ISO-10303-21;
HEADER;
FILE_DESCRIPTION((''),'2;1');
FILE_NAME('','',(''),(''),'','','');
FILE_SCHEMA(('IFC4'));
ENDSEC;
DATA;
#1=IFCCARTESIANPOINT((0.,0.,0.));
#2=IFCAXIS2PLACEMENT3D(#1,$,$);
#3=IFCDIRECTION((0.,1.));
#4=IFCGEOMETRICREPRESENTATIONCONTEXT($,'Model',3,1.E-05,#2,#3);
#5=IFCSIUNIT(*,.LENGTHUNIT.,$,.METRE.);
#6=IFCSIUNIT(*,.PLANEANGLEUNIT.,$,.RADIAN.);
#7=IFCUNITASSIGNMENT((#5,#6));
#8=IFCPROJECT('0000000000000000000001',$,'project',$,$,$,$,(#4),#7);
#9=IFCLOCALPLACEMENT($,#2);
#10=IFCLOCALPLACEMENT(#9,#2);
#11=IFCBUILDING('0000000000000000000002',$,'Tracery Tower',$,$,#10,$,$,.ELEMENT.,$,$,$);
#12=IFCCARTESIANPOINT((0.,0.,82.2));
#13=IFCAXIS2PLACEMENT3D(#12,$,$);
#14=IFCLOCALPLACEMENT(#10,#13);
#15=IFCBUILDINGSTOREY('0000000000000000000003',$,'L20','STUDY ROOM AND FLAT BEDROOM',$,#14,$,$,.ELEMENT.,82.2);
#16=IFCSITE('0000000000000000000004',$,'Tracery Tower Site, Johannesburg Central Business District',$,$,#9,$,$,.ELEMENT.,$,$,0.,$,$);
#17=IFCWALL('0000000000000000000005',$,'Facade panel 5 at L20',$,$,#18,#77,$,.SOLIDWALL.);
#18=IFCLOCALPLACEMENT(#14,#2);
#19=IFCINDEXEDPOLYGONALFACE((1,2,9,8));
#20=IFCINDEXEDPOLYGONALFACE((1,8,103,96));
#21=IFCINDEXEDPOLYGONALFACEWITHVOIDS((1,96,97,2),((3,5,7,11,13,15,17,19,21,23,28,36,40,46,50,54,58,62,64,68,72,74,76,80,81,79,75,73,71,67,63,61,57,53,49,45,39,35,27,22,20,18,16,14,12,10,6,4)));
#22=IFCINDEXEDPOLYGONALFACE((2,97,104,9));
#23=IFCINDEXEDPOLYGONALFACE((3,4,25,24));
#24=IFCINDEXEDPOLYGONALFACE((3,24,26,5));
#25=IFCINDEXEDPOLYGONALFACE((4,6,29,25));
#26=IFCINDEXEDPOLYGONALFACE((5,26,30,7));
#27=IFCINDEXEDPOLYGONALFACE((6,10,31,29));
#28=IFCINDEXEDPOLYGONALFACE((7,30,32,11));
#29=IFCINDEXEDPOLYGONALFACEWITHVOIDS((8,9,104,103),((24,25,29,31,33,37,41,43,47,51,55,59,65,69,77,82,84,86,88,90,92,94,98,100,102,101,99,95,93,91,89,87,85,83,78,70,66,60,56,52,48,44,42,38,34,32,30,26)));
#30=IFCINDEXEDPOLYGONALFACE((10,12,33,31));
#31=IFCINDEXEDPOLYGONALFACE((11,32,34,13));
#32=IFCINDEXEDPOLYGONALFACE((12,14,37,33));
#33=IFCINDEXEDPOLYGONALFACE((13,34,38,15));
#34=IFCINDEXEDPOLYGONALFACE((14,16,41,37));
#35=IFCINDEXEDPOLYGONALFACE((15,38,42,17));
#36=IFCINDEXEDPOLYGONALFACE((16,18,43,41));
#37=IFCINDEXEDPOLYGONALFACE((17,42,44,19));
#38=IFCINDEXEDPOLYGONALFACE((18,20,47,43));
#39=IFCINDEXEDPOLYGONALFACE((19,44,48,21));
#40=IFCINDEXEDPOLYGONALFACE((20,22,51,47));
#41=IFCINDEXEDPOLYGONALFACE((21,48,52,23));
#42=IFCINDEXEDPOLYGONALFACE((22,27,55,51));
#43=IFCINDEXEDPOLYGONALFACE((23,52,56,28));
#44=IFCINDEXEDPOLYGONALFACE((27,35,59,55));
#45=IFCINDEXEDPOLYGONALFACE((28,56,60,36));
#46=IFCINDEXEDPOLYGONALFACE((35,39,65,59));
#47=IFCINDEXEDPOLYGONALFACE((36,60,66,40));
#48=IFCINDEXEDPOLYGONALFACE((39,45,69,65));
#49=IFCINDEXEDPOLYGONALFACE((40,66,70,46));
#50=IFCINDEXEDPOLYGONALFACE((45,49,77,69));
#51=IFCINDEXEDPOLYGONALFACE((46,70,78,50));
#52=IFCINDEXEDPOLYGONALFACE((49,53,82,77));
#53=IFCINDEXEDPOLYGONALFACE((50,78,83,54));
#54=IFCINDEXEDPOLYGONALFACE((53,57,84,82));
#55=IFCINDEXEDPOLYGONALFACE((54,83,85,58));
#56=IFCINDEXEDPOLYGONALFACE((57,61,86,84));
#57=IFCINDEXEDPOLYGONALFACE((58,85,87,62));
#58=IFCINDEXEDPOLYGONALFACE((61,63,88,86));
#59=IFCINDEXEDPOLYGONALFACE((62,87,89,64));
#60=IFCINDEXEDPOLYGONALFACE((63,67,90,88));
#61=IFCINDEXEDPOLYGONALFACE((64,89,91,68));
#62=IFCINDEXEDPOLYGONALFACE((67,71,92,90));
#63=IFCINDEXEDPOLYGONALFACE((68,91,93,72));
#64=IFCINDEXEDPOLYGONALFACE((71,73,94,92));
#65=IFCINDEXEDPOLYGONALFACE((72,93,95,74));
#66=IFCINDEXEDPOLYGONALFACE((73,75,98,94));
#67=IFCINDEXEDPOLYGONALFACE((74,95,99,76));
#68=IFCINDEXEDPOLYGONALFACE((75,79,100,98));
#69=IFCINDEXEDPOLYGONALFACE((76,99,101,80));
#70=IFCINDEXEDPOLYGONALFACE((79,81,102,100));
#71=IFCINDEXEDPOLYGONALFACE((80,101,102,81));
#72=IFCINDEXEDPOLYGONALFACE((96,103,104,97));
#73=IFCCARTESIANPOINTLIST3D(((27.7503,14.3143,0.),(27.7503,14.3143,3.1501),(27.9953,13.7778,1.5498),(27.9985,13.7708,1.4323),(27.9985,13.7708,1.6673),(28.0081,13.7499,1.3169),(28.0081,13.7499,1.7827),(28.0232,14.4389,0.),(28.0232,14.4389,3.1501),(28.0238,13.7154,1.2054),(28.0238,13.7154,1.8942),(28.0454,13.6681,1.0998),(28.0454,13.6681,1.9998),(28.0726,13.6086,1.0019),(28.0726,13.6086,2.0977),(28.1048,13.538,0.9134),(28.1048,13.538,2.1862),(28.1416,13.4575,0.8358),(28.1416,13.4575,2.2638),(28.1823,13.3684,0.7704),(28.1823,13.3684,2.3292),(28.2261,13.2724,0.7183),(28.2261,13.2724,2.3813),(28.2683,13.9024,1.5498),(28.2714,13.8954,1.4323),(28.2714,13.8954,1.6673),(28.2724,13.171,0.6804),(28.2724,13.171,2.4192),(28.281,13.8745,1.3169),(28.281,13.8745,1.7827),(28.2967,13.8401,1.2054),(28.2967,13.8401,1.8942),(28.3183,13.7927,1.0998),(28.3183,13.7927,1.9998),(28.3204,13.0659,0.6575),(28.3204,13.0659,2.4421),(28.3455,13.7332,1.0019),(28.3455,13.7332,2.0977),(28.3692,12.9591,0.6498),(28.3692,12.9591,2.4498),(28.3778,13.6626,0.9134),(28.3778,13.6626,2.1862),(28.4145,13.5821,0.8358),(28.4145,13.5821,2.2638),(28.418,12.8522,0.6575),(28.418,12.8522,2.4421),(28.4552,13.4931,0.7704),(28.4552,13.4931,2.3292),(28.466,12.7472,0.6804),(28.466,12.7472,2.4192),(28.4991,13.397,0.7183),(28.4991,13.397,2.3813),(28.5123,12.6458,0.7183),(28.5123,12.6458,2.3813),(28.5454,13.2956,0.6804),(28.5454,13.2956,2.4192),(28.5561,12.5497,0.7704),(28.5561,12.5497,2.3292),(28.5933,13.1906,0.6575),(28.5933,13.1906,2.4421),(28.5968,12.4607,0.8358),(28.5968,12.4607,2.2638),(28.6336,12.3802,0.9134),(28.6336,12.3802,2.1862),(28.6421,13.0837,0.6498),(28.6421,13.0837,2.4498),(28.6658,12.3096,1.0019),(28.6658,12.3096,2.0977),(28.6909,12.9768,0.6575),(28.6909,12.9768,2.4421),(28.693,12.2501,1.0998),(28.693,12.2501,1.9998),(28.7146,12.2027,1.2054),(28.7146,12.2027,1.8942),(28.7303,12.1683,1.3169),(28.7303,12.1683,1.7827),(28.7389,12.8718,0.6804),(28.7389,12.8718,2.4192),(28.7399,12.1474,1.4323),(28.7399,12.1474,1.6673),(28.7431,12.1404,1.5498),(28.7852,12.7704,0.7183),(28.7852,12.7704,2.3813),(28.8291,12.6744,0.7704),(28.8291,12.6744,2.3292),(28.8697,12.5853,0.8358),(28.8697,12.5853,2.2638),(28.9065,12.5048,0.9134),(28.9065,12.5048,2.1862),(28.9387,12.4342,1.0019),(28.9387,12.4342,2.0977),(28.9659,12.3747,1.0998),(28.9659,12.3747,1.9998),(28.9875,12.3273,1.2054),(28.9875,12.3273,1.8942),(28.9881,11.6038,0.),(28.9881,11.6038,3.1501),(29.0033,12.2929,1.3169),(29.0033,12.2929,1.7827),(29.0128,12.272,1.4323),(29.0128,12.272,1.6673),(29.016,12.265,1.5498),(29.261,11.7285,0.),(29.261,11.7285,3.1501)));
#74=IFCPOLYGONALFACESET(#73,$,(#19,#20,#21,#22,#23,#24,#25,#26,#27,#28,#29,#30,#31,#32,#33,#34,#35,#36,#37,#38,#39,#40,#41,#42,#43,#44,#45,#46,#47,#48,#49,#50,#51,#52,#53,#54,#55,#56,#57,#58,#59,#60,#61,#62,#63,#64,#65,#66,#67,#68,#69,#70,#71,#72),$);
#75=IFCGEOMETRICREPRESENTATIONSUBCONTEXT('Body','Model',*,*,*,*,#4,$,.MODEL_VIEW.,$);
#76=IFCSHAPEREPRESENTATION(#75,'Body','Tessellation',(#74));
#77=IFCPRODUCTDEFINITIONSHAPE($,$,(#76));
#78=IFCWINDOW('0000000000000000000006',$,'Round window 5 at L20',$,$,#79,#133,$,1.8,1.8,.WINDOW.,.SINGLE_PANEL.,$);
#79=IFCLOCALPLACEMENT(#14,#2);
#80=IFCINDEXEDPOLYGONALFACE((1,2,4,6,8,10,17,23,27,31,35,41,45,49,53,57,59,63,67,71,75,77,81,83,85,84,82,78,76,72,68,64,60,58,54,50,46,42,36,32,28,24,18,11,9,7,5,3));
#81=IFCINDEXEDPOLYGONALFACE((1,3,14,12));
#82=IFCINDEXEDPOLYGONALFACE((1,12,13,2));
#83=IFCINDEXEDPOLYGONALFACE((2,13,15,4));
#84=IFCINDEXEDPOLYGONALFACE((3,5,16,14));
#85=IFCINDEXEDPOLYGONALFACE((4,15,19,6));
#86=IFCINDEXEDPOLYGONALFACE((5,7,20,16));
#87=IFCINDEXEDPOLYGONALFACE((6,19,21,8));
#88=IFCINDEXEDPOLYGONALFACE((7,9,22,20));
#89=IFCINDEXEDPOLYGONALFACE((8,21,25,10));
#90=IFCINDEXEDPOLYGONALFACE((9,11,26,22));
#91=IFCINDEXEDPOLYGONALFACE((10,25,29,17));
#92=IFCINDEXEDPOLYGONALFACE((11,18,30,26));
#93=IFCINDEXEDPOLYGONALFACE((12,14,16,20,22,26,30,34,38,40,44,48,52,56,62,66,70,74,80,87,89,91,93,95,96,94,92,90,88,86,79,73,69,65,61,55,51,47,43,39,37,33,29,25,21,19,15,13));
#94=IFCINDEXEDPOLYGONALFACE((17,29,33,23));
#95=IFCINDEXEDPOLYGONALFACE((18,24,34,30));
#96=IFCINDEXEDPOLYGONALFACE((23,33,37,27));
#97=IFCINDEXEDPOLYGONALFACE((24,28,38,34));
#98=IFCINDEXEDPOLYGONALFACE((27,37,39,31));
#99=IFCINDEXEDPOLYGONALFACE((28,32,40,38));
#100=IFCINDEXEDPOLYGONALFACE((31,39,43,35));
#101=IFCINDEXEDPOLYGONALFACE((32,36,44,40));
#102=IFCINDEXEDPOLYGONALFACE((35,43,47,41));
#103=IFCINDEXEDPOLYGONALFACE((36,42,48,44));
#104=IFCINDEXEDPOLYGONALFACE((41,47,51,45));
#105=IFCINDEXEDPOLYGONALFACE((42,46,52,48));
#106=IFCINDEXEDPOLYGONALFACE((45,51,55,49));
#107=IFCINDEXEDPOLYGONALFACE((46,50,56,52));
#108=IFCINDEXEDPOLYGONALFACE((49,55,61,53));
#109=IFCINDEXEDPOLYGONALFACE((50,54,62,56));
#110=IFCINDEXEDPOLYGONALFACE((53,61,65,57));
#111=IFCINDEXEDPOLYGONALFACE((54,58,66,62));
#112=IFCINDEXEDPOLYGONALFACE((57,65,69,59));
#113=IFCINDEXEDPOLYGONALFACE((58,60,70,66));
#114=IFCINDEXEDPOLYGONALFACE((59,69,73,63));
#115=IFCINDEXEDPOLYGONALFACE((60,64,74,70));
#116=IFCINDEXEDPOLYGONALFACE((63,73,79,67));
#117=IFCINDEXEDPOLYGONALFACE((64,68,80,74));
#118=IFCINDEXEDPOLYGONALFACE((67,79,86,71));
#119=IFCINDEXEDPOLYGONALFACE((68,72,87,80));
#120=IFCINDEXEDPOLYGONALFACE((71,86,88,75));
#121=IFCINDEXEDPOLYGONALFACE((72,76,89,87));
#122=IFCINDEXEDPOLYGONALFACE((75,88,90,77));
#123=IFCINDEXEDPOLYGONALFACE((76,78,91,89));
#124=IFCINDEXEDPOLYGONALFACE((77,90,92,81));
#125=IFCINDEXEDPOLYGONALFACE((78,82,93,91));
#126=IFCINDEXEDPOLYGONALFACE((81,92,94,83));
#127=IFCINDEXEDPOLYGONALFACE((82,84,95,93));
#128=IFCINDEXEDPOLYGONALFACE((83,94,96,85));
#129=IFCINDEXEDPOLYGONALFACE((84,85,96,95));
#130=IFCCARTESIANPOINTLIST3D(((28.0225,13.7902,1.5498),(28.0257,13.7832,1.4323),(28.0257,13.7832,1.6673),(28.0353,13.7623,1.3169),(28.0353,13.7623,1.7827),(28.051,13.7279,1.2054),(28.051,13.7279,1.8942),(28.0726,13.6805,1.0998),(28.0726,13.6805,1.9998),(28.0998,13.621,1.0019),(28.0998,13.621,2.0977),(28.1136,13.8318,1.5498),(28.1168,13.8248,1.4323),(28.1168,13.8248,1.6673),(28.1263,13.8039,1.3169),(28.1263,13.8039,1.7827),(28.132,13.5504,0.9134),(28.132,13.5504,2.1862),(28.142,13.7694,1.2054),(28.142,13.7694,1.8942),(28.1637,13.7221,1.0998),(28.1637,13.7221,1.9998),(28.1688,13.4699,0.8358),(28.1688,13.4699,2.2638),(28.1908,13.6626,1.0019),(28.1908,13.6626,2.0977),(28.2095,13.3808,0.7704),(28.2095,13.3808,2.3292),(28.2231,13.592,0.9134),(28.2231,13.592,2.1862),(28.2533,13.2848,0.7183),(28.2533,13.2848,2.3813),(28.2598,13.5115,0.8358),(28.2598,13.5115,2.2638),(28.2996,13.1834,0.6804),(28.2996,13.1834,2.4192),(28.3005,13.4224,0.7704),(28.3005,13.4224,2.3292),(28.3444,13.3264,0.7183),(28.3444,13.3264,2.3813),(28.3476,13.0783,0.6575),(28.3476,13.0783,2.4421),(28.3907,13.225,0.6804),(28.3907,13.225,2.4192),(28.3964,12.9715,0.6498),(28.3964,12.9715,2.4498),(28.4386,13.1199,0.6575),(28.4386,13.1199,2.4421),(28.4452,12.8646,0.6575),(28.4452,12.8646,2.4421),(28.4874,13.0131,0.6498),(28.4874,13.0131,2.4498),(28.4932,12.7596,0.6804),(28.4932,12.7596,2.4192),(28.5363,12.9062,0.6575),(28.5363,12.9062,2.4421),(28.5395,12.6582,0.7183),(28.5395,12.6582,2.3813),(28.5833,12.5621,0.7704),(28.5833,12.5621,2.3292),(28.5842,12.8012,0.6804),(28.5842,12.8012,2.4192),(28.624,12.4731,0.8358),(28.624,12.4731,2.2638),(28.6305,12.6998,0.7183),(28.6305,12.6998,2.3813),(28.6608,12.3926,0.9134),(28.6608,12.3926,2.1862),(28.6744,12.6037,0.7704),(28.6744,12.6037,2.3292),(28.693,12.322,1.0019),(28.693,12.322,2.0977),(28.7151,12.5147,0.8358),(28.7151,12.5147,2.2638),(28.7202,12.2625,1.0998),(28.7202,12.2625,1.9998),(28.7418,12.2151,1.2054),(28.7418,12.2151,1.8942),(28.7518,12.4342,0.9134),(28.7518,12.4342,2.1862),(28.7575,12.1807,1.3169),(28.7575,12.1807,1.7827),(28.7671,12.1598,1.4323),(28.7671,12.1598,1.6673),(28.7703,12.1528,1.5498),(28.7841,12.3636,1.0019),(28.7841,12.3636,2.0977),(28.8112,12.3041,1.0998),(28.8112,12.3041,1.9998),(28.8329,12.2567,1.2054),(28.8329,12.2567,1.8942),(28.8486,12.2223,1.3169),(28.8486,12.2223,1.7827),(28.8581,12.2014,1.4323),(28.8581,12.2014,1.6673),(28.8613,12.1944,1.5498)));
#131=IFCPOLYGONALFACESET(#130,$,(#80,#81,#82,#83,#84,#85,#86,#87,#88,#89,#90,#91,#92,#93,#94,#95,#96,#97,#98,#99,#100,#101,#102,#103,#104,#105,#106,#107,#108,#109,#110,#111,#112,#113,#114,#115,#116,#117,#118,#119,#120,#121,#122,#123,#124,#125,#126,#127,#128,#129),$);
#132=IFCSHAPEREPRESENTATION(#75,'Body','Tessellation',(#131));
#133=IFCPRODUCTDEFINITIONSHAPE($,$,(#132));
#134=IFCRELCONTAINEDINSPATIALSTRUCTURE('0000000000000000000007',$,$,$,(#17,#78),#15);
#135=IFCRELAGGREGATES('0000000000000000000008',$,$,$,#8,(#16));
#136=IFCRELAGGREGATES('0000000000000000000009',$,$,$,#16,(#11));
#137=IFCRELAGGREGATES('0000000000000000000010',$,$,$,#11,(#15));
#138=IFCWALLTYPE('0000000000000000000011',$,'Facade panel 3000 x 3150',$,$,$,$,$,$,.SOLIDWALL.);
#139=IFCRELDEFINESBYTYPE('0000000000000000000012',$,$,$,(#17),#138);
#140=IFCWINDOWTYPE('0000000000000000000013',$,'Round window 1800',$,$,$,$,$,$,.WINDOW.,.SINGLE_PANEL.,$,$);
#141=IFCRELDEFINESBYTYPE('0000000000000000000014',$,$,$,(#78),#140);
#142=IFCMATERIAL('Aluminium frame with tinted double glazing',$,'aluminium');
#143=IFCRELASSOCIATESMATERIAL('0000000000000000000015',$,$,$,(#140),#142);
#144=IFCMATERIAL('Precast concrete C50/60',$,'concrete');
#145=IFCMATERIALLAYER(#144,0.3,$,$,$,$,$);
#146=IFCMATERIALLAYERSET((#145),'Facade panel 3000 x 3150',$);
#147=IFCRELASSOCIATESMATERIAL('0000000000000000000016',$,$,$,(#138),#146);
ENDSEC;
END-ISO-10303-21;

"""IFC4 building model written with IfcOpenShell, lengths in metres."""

from ifc_helpers import new_model, si_unit, direction, frame, frame_2d, origin, origin_2d, place, context, subcontext, project, spatial, rectangle, circle, extrude, material, layer, layer_set, type_object, element, fill, save


model = new_model("IFC4")

# Units and contexts
model_context = context("Model", 3, precision=1e-05, world=origin(), true_north=direction((0.0, 1.0)))
body_context = subcontext(model_context, "Body", "Model", "MODEL_VIEW")
ifc_project = project(units=[si_unit("LENGTHUNIT", "METRE"), si_unit("PLANEANGLEUNIT", "RADIAN")], contexts=[model_context])

# Site, building, storey
site_placement = place(None, origin())
site = spatial("IfcSite", under=ifc_project, at=site_placement, Name="Tracery Tower Site, Johannesburg Central Business District", CompositionType="ELEMENT", RefElevation=0.0)
building_placement = place(site_placement, origin())
building = spatial("IfcBuilding", under=site, at=building_placement, Name="Tracery Tower", CompositionType="ELEMENT")
storey_placement = place(building_placement, frame((0.0, 0.0, 82.2)))
storey = spatial("IfcBuildingStorey", under=building, at=storey_placement, Name="L20", Description="STUDY ROOM AND FLAT BEDROOM", CompositionType="ELEMENT", Elevation=82.2)

# Wall, opening, window
ifc_material_1 = material(Name="Aluminium frame with tinted double glazing", Category="aluminium")
window_type = type_object("IfcWindowType", Name="Round window 1800", PartitioningType="SINGLE_PANEL", PredefinedType="WINDOW", material=ifc_material_1)
ifc_material_2 = material(Name="Precast concrete C50/60", Category="concrete")
ifc_layer_1 = layer(ifc_material_2, 0.3)
ifc_layer_set_1 = layer_set([ifc_layer_1], Name="Facade panel 3000 x 3150")
wall_type_1 = type_object("IfcWallType", Name="Facade panel 3000 x 3150", PredefinedType="SOLIDWALL", material=ifc_layer_set_1)
wall_1_placement = place(storey_placement, frame((29.1245, 11.6663, 0.0), z_axis=(0.0, 0.0, 1.0), x_axis=(-0.415407, 0.909636, 0.0)))
wall_1 = element("IfcWall", 1, at=wall_1_placement, inside=storey, type_object=wall_type_1, Name="Facade panel 5 at L20", PredefinedType="SOLIDWALL", context=body_context, shape_type="SweptSolid", body=[
    extrude(rectangle(XDim=2.9797, YDim=0.3, at=frame_2d((1.4897, 0.0))), origin(), (0.0, 0.0, 1.0), 3.1501),
])
opening_1_placement = place(wall_1_placement, frame((1.4897, 0.0, 1.5498)))
opening_1 = element("IfcOpeningElement", 2, at=opening_1_placement, cuts=wall_1, PredefinedType="OPENING", context=body_context, shape_type="SweptSolid", body=[
    extrude(circle(Radius=0.9, at=origin_2d()), frame((0.0, 0.1599, 0.0), z_axis=(0.0, -1.0, 0.0), x_axis=(1.0, 0.0, 0.0)), (0.0, 0.0, 1.0), 0.3201),
])
window_1_placement = place(opening_1_placement, origin())
window_1 = element("IfcWindow", 3, at=window_1_placement, inside=storey, type_object=window_type, Name="Round window 5 at L20", OverallHeight=1.8, OverallWidth=1.8, PartitioningType="SINGLE_PANEL", PredefinedType="WINDOW", context=body_context, shape_type="SweptSolid", body=[
    extrude(circle(Radius=0.9, at=origin_2d()), frame((0.0, 0.1201, 0.0), z_axis=(0.0, -1.0, 0.0), x_axis=(1.0, 0.0, 0.0)), (0.0, 0.0, 1.0), 0.1001),
])
fill(opening_1, window_1)

save(model, "model.ifc")
